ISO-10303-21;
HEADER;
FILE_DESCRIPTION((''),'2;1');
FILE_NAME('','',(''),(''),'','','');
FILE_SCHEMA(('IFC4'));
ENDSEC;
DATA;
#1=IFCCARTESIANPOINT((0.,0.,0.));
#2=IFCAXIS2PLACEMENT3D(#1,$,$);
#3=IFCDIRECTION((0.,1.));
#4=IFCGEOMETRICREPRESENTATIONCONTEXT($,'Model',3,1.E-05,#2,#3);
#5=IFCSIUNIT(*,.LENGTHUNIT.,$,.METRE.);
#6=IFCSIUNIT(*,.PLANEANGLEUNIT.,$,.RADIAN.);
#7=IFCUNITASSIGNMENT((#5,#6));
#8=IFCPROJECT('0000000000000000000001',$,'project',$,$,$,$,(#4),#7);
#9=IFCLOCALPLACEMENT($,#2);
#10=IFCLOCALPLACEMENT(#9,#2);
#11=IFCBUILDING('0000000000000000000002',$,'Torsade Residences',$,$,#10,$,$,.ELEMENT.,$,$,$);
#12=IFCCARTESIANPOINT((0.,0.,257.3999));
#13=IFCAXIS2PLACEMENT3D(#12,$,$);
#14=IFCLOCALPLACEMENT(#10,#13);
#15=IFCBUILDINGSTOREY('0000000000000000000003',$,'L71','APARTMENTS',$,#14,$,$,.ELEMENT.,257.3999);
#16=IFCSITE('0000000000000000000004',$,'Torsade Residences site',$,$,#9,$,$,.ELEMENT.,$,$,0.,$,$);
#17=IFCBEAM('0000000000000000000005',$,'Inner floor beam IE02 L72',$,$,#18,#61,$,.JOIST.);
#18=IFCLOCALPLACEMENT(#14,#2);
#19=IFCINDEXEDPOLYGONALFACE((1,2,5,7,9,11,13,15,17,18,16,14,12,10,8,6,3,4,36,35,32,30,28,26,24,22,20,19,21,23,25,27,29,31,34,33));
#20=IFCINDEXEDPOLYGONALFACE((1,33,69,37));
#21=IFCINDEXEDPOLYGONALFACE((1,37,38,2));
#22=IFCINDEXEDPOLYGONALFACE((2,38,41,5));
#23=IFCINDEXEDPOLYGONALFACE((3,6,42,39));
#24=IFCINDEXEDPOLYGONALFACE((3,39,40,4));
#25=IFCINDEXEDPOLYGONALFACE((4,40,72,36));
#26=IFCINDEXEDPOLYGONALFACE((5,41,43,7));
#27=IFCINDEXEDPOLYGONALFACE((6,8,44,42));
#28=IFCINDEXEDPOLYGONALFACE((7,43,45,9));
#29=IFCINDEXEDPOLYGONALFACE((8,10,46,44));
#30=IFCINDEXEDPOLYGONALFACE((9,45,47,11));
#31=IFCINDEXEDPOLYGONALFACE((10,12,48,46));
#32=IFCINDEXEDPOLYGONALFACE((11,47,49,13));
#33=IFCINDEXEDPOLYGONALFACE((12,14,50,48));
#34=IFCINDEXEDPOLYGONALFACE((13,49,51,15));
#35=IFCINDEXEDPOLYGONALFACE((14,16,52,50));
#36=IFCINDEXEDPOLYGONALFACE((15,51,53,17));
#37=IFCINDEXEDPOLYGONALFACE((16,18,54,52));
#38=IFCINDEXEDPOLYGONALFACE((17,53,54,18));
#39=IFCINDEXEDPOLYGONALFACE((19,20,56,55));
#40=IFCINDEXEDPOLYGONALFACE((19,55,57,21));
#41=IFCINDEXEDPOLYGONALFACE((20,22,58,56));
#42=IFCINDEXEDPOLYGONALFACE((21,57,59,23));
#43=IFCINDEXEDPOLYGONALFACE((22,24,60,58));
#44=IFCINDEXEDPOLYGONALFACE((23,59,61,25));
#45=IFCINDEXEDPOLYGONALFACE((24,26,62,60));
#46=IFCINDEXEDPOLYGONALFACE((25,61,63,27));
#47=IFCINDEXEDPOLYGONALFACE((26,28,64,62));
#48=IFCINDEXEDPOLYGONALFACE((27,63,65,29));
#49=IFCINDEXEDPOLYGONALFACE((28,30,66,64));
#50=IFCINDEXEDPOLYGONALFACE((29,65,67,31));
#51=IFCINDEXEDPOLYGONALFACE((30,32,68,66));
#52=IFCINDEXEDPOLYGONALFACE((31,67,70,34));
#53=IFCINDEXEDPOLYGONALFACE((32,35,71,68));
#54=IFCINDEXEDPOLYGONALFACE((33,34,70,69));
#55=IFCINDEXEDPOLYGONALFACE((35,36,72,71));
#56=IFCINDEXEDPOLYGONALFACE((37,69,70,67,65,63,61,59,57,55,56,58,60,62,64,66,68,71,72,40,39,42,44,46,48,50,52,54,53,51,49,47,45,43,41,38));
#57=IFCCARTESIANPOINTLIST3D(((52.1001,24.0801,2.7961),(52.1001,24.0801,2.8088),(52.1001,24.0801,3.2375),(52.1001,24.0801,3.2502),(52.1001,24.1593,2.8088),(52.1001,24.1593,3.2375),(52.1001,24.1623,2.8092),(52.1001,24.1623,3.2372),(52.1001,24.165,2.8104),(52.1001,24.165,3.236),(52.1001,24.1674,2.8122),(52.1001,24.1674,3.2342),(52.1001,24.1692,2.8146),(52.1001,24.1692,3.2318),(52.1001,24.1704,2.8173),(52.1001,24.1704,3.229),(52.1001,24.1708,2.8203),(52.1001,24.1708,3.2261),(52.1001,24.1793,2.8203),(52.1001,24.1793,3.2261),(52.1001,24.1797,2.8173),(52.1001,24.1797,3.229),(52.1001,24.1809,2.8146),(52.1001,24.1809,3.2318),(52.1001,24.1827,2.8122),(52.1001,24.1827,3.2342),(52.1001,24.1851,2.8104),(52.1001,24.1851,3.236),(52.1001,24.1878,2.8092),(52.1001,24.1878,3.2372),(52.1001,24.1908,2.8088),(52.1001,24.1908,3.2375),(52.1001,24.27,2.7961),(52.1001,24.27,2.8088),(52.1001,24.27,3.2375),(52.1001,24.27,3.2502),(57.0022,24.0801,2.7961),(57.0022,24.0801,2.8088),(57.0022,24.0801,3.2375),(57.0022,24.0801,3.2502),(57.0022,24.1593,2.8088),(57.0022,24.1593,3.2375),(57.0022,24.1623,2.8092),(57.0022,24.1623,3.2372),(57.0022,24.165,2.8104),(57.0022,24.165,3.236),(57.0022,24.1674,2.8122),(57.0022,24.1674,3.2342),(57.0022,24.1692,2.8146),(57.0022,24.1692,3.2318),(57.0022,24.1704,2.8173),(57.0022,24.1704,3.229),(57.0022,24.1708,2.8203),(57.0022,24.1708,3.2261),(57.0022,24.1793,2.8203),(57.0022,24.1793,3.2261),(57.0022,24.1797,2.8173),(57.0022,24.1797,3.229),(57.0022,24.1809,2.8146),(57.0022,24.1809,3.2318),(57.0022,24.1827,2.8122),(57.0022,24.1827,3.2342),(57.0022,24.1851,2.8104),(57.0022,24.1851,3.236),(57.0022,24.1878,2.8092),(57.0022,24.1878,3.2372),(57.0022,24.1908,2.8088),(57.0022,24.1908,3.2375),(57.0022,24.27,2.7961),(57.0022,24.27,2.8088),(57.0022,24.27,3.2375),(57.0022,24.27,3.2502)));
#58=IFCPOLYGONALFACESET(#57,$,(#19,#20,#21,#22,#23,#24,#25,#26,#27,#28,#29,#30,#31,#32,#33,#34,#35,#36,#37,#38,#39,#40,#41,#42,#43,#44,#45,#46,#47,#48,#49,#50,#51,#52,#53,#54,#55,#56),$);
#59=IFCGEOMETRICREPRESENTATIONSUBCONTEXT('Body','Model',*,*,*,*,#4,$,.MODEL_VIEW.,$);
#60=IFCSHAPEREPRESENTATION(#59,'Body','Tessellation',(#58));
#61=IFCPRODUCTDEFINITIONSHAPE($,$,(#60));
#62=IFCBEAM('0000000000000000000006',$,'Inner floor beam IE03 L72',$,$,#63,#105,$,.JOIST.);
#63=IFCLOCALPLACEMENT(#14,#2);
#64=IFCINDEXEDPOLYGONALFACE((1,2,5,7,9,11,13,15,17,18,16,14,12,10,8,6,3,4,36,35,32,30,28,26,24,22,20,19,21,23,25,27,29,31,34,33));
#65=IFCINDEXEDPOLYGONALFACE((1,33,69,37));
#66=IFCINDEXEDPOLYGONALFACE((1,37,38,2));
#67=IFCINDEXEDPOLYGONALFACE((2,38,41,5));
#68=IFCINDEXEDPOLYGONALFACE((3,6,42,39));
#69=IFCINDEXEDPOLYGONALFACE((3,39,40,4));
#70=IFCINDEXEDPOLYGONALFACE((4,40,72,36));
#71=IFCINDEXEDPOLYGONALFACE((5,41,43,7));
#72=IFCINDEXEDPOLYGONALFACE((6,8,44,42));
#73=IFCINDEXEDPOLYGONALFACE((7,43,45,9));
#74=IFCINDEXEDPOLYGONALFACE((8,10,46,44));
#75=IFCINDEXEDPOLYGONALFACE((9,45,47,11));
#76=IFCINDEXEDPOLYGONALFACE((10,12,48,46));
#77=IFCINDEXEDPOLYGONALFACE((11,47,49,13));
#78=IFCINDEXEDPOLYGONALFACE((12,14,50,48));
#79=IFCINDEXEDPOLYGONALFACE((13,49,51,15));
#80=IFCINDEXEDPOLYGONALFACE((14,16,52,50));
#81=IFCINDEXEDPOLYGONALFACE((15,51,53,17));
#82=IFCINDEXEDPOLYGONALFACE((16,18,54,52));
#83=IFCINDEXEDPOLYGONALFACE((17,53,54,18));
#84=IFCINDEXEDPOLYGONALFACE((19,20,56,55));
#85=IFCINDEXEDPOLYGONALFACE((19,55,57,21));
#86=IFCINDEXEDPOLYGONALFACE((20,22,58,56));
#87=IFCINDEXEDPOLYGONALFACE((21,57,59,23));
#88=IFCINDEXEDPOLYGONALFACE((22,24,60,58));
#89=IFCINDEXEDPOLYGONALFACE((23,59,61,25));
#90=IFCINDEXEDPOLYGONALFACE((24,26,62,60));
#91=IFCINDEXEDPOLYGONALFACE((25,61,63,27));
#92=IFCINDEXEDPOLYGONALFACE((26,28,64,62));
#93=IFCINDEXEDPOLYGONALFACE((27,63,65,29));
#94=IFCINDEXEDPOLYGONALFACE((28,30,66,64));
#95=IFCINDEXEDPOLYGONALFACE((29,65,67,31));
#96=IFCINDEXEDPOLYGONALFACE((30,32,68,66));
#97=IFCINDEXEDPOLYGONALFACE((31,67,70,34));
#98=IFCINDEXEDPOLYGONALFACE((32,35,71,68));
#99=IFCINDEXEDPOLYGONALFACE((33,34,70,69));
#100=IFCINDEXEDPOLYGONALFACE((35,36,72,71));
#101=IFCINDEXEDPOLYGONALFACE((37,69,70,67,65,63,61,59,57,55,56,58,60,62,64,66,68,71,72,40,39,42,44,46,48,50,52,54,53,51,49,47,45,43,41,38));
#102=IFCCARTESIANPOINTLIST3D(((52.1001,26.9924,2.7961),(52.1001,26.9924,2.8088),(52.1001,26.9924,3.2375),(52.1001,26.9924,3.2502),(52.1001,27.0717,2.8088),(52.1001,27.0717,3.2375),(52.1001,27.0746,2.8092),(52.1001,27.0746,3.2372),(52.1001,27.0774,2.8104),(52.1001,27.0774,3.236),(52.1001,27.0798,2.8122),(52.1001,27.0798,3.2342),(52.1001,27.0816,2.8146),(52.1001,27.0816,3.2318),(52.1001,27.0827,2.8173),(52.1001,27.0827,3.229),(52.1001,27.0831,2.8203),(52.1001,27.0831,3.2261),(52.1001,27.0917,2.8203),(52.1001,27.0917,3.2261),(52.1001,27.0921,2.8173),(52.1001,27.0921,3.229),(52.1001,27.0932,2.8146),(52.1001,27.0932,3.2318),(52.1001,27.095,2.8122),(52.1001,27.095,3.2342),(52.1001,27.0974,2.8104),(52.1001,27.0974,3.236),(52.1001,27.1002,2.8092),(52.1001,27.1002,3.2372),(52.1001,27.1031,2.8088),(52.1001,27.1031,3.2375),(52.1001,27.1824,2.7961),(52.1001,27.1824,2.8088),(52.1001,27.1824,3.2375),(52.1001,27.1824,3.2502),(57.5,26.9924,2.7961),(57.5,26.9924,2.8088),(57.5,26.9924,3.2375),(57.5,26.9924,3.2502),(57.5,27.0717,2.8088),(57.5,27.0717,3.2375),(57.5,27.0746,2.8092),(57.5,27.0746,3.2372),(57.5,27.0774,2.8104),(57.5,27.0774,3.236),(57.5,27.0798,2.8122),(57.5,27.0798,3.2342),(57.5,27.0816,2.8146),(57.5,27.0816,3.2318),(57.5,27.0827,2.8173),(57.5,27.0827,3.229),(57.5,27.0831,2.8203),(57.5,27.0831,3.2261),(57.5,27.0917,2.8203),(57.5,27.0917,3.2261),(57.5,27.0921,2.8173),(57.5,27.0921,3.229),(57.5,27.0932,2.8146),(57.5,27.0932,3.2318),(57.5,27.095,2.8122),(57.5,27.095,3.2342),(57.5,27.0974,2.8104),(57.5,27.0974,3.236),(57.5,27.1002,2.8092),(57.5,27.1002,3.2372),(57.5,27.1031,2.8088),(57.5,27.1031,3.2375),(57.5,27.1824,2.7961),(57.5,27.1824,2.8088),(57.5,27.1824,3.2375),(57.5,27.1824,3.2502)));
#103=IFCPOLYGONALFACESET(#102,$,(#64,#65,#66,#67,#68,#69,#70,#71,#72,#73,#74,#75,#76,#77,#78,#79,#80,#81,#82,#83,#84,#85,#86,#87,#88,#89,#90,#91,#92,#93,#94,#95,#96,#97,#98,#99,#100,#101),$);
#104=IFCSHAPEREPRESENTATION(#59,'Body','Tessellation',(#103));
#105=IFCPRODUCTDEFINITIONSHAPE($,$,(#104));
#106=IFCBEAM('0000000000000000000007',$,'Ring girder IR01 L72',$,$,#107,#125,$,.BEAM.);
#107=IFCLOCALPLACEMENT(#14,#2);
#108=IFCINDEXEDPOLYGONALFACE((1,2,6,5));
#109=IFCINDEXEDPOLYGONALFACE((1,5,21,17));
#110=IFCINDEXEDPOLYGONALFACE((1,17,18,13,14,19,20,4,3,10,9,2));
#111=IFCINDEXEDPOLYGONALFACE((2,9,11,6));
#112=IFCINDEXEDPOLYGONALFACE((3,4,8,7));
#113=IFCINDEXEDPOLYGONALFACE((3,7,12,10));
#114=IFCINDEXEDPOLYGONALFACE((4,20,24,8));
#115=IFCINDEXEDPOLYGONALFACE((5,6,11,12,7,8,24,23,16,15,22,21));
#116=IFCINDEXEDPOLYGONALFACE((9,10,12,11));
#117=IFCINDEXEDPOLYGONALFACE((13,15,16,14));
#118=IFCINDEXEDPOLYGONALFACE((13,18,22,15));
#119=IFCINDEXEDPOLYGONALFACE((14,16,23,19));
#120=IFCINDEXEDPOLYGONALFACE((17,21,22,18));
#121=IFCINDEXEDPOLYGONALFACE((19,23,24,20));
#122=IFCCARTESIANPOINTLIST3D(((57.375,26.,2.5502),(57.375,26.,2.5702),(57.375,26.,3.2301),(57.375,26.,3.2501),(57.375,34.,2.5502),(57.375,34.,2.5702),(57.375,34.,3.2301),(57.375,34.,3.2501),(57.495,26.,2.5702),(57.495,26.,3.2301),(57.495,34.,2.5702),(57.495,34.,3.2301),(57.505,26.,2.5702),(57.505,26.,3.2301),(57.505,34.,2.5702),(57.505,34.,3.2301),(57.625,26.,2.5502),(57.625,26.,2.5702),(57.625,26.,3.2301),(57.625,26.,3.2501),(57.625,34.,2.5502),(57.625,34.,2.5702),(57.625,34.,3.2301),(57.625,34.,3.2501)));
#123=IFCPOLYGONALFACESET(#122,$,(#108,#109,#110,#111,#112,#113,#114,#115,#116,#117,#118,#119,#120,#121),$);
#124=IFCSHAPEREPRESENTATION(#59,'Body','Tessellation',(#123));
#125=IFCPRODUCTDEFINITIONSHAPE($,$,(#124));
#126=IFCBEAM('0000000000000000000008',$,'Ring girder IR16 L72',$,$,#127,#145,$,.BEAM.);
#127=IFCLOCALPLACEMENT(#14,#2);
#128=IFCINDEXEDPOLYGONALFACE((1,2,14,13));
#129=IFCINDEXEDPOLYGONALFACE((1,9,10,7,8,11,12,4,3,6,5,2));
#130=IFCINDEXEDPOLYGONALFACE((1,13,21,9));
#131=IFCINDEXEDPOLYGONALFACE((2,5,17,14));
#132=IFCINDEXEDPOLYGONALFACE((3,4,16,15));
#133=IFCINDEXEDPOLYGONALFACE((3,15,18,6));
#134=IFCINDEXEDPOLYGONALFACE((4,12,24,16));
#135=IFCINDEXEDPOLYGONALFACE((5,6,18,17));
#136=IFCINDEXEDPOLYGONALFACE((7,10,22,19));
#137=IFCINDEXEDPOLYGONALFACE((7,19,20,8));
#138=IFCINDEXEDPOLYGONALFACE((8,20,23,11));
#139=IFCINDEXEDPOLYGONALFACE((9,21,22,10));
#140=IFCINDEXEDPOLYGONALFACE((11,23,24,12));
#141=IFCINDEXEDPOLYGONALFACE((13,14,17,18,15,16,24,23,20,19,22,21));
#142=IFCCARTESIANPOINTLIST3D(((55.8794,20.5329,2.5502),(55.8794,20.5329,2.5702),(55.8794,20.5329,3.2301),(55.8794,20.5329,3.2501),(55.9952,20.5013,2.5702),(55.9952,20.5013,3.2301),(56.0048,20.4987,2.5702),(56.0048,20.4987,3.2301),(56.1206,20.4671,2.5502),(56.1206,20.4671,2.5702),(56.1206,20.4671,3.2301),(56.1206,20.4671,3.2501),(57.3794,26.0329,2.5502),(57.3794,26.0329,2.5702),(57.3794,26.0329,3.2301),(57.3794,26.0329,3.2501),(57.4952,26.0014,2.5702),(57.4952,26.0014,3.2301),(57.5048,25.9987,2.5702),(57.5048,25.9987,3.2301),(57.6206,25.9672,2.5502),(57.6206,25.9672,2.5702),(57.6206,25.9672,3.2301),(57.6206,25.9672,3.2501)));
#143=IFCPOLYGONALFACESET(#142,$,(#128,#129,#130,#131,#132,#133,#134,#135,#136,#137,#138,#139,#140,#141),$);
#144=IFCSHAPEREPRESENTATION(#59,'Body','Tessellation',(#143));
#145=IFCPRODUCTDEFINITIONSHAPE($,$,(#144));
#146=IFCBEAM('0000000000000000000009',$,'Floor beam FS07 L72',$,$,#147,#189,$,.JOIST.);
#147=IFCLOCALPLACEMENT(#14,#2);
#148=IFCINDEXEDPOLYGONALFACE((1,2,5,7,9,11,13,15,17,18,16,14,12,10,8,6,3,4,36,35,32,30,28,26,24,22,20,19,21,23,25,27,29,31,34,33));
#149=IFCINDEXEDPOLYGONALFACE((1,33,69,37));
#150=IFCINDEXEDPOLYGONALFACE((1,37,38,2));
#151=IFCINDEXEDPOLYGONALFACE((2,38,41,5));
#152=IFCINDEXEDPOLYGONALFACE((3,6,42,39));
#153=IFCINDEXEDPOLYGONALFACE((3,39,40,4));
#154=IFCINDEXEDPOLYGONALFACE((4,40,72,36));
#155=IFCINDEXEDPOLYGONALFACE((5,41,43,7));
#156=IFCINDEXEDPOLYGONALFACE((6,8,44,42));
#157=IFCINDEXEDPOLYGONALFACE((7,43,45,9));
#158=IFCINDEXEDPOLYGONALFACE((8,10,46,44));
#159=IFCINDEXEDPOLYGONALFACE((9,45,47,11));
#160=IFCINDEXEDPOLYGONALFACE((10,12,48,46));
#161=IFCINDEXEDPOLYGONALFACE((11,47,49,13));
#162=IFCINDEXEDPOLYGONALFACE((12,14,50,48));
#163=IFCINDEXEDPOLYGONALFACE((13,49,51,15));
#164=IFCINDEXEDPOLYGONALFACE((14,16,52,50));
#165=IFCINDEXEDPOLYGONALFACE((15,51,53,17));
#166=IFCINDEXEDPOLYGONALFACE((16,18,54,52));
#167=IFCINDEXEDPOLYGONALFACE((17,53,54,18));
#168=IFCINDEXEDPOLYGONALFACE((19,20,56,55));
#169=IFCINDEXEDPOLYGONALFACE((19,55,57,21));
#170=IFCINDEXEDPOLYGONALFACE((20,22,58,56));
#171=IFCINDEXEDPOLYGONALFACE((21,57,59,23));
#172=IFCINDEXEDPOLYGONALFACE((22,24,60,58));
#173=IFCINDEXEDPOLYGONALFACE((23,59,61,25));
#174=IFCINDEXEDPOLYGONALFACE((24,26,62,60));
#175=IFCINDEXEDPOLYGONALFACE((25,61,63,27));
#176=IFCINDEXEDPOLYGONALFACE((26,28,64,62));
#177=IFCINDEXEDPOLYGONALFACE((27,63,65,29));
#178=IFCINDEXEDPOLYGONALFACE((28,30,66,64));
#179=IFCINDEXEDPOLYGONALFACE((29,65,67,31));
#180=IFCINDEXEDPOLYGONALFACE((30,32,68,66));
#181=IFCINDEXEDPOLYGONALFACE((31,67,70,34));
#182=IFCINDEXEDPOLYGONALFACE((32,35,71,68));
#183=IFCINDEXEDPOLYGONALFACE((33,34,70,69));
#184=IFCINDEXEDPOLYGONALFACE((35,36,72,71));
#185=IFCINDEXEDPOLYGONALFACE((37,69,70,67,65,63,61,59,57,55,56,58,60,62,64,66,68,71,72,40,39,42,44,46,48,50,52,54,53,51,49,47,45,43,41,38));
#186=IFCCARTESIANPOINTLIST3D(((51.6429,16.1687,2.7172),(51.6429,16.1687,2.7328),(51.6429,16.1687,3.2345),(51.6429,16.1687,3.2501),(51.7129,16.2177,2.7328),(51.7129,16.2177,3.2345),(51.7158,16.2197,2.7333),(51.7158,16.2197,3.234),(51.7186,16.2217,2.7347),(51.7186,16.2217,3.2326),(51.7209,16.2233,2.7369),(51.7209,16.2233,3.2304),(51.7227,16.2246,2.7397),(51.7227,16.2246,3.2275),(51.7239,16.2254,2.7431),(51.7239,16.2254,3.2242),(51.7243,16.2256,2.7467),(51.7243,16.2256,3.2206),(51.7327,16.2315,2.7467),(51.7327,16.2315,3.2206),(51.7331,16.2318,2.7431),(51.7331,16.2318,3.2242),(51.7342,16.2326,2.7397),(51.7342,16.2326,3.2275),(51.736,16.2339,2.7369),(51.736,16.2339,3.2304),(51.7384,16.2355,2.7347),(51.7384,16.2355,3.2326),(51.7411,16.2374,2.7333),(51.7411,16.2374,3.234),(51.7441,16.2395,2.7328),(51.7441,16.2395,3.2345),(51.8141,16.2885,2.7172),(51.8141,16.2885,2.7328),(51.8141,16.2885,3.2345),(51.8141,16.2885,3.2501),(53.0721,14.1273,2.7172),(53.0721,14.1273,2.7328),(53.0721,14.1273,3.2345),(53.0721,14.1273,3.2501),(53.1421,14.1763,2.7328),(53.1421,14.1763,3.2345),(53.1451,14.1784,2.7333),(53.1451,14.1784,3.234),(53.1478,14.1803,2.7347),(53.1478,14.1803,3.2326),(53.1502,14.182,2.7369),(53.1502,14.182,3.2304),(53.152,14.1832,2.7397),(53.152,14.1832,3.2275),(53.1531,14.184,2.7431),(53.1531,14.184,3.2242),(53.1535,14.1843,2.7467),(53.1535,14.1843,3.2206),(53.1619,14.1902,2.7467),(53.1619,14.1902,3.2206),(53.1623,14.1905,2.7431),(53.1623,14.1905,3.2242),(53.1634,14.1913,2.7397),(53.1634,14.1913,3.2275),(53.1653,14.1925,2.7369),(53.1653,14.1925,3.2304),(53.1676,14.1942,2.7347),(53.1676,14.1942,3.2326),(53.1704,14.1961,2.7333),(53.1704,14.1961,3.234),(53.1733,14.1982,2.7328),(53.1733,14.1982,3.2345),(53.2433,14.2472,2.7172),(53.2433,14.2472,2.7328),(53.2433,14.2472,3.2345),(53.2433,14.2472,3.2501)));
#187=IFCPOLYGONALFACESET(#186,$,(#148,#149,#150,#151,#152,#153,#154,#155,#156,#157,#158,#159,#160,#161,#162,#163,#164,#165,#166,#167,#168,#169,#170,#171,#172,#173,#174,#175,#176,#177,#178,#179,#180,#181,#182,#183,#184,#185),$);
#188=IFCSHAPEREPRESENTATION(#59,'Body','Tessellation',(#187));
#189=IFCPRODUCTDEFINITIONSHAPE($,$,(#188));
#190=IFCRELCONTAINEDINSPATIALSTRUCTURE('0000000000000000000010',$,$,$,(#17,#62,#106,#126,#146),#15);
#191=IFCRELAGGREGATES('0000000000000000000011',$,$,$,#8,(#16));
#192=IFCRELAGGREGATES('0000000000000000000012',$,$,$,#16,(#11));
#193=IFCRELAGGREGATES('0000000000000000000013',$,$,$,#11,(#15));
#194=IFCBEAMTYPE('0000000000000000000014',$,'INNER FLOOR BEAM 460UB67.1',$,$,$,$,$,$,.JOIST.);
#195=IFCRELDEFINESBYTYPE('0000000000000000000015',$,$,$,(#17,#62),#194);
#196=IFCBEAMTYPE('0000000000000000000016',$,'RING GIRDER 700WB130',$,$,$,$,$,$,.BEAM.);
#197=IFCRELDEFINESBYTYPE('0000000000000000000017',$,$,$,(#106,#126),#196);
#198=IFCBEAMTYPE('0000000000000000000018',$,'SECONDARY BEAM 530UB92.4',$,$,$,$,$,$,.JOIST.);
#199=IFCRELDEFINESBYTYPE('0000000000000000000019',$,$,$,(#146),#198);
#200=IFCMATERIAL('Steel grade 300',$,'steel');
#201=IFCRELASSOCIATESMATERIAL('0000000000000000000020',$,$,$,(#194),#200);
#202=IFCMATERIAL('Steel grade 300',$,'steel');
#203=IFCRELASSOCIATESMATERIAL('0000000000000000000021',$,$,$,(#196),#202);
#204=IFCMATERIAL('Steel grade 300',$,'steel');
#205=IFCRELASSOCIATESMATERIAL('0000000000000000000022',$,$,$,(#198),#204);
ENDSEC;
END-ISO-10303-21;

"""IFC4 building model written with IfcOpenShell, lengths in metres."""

from ifc_helpers import new_model, si_unit, direction, frame, origin, origin_2d, place, context, subcontext, project, spatial, i_section, extrude, material, material_profile, profile_set, type_object, element, save


model = new_model("IFC4")

# Units and contexts
model_context = context("Model", 3, precision=1e-05, world=origin(), true_north=direction((0.0, 1.0)))
body_context = subcontext(model_context, "Body", "Model", "MODEL_VIEW")
ifc_project = project(units=[si_unit("LENGTHUNIT", "METRE"), si_unit("PLANEANGLEUNIT", "RADIAN")], contexts=[model_context])

# Site, building, storey
site_placement = place(None, origin())
site = spatial("IfcSite", under=ifc_project, at=site_placement, Name="Torsade Residences site", CompositionType="ELEMENT", RefElevation=0.0)
building_placement = place(site_placement, origin())
building = spatial("IfcBuilding", under=site, at=building_placement, Name="Torsade Residences", CompositionType="ELEMENT")
storey_placement = place(building_placement, frame((0.0, 0.0, 257.3999)))
storey = spatial("IfcBuildingStorey", under=building, at=storey_placement, Name="L71", Description="APARTMENTS", CompositionType="ELEMENT", Elevation=257.3999)

# Beams
ifc_material_1 = material(Name="Steel grade 300", Category="steel")
ifc_material_profile_1 = material_profile(ifc_material_1, i_section(OverallWidth=0.1899, OverallDepth=0.4541, WebThickness=0.0085, FlangeThickness=0.0127, FilletRadius=0.0115, at=origin_2d()), Name="460UB67.1")
ifc_profile_set_1 = profile_set([ifc_material_profile_1], Name="Steel grade 300")
beam_type_1 = type_object("IfcBeamType", Name="INNER FLOOR BEAM 460UB67.1", PredefinedType="JOIST", material=ifc_profile_set_1)
beam_1_placement = place(storey_placement, frame((52.1001, 24.175, 3.0232), z_axis=(1.0, 0.0, 0.0), x_axis=(0.0, 1.0, 0.0)))
element("IfcBeam", 1, at=beam_1_placement, inside=storey, type_object=beam_type_1, Name="Inner floor beam IE02 L72", PredefinedType="JOIST", context=body_context, shape_type="SweptSolid", body=[
    extrude(i_section(OverallWidth=0.1899, OverallDepth=0.4541, WebThickness=0.0085, FlangeThickness=0.0127, FilletRadius=0.0115, at=origin_2d()), origin(), (0.0, 0.0, 1.0), 4.9021),
])
beam_2_placement = place(storey_placement, frame((52.1001, 27.0874, 3.0232), z_axis=(1.0, 0.0, 0.0), x_axis=(0.0, 1.0, 0.0)))
element("IfcBeam", 2, at=beam_2_placement, inside=storey, type_object=beam_type_1, Name="Inner floor beam IE03 L72", PredefinedType="JOIST", context=body_context, shape_type="SweptSolid", body=[
    extrude(i_section(OverallWidth=0.1899, OverallDepth=0.4541, WebThickness=0.0085, FlangeThickness=0.0127, FilletRadius=0.0115, at=origin_2d()), origin(), (0.0, 0.0, 1.0), 5.3999),
])
ifc_material_2 = material(Name="Steel grade 300", Category="steel")
ifc_material_profile_2 = material_profile(ifc_material_2, i_section(OverallWidth=0.25, OverallDepth=0.7, WebThickness=0.01, FlangeThickness=0.02, at=origin_2d()), Name="700WB130")
ifc_profile_set_2 = profile_set([ifc_material_profile_2], Name="Steel grade 300")
beam_type_2 = type_object("IfcBeamType", Name="RING GIRDER 700WB130", PredefinedType="BEAM", material=ifc_profile_set_2)
beam_3_placement = place(storey_placement, frame((57.5, 26.0, 2.9001), z_axis=(0.0, 1.0, 0.0), x_axis=(-1.0, 0.0, 0.0)))
element("IfcBeam", 3, at=beam_3_placement, inside=storey, type_object=beam_type_2, Name="Ring girder IR01 L72", PredefinedType="BEAM", context=body_context, shape_type="SweptSolid", body=[
    extrude(i_section(OverallWidth=0.25, OverallDepth=0.7, WebThickness=0.01, FlangeThickness=0.02, at=origin_2d()), origin(), (0.0, 0.0, 1.0), 8.0),
])
beam_4_placement = place(storey_placement, frame((56.0, 20.5, 2.9001), z_axis=(0.263117, 0.964764, 0.0), x_axis=(-0.964764, 0.263117, 0.0)))
element("IfcBeam", 4, at=beam_4_placement, inside=storey, type_object=beam_type_2, Name="Ring girder IR16 L72", PredefinedType="BEAM", context=body_context, shape_type="SweptSolid", body=[
    extrude(i_section(OverallWidth=0.25, OverallDepth=0.7, WebThickness=0.01, FlangeThickness=0.02, at=origin_2d()), origin(), (0.0, 0.0, 1.0), 5.7009),
])
ifc_material_3 = material(Name="Steel grade 300", Category="steel")
ifc_material_profile_3 = material_profile(ifc_material_3, i_section(OverallWidth=0.209, OverallDepth=0.533, WebThickness=0.0103, FlangeThickness=0.0156, FilletRadius=0.0139, at=origin_2d()), Name="530UB92.4")
ifc_profile_set_3 = profile_set([ifc_material_profile_3], Name="Steel grade 300")
beam_type_3 = type_object("IfcBeamType", Name="SECONDARY BEAM 530UB92.4", PredefinedType="JOIST", material=ifc_profile_set_3)
beam_5_placement = place(storey_placement, frame((53.1577, 14.1873, 2.9836), z_axis=(-0.573548, 0.819172, 0.0), x_axis=(-0.819172, -0.573548, 0.0)))
element("IfcBeam", 5, at=beam_5_placement, inside=storey, type_object=beam_type_3, Name="Floor beam FS07 L72", PredefinedType="JOIST", context=body_context, shape_type="SweptSolid", body=[
    extrude(i_section(OverallWidth=0.209, OverallDepth=0.533, WebThickness=0.0103, FlangeThickness=0.0156, FilletRadius=0.0139, at=origin_2d()), origin(), (0.0, 0.0, 1.0), 2.4919),
])

save(model, "model.ifc")
